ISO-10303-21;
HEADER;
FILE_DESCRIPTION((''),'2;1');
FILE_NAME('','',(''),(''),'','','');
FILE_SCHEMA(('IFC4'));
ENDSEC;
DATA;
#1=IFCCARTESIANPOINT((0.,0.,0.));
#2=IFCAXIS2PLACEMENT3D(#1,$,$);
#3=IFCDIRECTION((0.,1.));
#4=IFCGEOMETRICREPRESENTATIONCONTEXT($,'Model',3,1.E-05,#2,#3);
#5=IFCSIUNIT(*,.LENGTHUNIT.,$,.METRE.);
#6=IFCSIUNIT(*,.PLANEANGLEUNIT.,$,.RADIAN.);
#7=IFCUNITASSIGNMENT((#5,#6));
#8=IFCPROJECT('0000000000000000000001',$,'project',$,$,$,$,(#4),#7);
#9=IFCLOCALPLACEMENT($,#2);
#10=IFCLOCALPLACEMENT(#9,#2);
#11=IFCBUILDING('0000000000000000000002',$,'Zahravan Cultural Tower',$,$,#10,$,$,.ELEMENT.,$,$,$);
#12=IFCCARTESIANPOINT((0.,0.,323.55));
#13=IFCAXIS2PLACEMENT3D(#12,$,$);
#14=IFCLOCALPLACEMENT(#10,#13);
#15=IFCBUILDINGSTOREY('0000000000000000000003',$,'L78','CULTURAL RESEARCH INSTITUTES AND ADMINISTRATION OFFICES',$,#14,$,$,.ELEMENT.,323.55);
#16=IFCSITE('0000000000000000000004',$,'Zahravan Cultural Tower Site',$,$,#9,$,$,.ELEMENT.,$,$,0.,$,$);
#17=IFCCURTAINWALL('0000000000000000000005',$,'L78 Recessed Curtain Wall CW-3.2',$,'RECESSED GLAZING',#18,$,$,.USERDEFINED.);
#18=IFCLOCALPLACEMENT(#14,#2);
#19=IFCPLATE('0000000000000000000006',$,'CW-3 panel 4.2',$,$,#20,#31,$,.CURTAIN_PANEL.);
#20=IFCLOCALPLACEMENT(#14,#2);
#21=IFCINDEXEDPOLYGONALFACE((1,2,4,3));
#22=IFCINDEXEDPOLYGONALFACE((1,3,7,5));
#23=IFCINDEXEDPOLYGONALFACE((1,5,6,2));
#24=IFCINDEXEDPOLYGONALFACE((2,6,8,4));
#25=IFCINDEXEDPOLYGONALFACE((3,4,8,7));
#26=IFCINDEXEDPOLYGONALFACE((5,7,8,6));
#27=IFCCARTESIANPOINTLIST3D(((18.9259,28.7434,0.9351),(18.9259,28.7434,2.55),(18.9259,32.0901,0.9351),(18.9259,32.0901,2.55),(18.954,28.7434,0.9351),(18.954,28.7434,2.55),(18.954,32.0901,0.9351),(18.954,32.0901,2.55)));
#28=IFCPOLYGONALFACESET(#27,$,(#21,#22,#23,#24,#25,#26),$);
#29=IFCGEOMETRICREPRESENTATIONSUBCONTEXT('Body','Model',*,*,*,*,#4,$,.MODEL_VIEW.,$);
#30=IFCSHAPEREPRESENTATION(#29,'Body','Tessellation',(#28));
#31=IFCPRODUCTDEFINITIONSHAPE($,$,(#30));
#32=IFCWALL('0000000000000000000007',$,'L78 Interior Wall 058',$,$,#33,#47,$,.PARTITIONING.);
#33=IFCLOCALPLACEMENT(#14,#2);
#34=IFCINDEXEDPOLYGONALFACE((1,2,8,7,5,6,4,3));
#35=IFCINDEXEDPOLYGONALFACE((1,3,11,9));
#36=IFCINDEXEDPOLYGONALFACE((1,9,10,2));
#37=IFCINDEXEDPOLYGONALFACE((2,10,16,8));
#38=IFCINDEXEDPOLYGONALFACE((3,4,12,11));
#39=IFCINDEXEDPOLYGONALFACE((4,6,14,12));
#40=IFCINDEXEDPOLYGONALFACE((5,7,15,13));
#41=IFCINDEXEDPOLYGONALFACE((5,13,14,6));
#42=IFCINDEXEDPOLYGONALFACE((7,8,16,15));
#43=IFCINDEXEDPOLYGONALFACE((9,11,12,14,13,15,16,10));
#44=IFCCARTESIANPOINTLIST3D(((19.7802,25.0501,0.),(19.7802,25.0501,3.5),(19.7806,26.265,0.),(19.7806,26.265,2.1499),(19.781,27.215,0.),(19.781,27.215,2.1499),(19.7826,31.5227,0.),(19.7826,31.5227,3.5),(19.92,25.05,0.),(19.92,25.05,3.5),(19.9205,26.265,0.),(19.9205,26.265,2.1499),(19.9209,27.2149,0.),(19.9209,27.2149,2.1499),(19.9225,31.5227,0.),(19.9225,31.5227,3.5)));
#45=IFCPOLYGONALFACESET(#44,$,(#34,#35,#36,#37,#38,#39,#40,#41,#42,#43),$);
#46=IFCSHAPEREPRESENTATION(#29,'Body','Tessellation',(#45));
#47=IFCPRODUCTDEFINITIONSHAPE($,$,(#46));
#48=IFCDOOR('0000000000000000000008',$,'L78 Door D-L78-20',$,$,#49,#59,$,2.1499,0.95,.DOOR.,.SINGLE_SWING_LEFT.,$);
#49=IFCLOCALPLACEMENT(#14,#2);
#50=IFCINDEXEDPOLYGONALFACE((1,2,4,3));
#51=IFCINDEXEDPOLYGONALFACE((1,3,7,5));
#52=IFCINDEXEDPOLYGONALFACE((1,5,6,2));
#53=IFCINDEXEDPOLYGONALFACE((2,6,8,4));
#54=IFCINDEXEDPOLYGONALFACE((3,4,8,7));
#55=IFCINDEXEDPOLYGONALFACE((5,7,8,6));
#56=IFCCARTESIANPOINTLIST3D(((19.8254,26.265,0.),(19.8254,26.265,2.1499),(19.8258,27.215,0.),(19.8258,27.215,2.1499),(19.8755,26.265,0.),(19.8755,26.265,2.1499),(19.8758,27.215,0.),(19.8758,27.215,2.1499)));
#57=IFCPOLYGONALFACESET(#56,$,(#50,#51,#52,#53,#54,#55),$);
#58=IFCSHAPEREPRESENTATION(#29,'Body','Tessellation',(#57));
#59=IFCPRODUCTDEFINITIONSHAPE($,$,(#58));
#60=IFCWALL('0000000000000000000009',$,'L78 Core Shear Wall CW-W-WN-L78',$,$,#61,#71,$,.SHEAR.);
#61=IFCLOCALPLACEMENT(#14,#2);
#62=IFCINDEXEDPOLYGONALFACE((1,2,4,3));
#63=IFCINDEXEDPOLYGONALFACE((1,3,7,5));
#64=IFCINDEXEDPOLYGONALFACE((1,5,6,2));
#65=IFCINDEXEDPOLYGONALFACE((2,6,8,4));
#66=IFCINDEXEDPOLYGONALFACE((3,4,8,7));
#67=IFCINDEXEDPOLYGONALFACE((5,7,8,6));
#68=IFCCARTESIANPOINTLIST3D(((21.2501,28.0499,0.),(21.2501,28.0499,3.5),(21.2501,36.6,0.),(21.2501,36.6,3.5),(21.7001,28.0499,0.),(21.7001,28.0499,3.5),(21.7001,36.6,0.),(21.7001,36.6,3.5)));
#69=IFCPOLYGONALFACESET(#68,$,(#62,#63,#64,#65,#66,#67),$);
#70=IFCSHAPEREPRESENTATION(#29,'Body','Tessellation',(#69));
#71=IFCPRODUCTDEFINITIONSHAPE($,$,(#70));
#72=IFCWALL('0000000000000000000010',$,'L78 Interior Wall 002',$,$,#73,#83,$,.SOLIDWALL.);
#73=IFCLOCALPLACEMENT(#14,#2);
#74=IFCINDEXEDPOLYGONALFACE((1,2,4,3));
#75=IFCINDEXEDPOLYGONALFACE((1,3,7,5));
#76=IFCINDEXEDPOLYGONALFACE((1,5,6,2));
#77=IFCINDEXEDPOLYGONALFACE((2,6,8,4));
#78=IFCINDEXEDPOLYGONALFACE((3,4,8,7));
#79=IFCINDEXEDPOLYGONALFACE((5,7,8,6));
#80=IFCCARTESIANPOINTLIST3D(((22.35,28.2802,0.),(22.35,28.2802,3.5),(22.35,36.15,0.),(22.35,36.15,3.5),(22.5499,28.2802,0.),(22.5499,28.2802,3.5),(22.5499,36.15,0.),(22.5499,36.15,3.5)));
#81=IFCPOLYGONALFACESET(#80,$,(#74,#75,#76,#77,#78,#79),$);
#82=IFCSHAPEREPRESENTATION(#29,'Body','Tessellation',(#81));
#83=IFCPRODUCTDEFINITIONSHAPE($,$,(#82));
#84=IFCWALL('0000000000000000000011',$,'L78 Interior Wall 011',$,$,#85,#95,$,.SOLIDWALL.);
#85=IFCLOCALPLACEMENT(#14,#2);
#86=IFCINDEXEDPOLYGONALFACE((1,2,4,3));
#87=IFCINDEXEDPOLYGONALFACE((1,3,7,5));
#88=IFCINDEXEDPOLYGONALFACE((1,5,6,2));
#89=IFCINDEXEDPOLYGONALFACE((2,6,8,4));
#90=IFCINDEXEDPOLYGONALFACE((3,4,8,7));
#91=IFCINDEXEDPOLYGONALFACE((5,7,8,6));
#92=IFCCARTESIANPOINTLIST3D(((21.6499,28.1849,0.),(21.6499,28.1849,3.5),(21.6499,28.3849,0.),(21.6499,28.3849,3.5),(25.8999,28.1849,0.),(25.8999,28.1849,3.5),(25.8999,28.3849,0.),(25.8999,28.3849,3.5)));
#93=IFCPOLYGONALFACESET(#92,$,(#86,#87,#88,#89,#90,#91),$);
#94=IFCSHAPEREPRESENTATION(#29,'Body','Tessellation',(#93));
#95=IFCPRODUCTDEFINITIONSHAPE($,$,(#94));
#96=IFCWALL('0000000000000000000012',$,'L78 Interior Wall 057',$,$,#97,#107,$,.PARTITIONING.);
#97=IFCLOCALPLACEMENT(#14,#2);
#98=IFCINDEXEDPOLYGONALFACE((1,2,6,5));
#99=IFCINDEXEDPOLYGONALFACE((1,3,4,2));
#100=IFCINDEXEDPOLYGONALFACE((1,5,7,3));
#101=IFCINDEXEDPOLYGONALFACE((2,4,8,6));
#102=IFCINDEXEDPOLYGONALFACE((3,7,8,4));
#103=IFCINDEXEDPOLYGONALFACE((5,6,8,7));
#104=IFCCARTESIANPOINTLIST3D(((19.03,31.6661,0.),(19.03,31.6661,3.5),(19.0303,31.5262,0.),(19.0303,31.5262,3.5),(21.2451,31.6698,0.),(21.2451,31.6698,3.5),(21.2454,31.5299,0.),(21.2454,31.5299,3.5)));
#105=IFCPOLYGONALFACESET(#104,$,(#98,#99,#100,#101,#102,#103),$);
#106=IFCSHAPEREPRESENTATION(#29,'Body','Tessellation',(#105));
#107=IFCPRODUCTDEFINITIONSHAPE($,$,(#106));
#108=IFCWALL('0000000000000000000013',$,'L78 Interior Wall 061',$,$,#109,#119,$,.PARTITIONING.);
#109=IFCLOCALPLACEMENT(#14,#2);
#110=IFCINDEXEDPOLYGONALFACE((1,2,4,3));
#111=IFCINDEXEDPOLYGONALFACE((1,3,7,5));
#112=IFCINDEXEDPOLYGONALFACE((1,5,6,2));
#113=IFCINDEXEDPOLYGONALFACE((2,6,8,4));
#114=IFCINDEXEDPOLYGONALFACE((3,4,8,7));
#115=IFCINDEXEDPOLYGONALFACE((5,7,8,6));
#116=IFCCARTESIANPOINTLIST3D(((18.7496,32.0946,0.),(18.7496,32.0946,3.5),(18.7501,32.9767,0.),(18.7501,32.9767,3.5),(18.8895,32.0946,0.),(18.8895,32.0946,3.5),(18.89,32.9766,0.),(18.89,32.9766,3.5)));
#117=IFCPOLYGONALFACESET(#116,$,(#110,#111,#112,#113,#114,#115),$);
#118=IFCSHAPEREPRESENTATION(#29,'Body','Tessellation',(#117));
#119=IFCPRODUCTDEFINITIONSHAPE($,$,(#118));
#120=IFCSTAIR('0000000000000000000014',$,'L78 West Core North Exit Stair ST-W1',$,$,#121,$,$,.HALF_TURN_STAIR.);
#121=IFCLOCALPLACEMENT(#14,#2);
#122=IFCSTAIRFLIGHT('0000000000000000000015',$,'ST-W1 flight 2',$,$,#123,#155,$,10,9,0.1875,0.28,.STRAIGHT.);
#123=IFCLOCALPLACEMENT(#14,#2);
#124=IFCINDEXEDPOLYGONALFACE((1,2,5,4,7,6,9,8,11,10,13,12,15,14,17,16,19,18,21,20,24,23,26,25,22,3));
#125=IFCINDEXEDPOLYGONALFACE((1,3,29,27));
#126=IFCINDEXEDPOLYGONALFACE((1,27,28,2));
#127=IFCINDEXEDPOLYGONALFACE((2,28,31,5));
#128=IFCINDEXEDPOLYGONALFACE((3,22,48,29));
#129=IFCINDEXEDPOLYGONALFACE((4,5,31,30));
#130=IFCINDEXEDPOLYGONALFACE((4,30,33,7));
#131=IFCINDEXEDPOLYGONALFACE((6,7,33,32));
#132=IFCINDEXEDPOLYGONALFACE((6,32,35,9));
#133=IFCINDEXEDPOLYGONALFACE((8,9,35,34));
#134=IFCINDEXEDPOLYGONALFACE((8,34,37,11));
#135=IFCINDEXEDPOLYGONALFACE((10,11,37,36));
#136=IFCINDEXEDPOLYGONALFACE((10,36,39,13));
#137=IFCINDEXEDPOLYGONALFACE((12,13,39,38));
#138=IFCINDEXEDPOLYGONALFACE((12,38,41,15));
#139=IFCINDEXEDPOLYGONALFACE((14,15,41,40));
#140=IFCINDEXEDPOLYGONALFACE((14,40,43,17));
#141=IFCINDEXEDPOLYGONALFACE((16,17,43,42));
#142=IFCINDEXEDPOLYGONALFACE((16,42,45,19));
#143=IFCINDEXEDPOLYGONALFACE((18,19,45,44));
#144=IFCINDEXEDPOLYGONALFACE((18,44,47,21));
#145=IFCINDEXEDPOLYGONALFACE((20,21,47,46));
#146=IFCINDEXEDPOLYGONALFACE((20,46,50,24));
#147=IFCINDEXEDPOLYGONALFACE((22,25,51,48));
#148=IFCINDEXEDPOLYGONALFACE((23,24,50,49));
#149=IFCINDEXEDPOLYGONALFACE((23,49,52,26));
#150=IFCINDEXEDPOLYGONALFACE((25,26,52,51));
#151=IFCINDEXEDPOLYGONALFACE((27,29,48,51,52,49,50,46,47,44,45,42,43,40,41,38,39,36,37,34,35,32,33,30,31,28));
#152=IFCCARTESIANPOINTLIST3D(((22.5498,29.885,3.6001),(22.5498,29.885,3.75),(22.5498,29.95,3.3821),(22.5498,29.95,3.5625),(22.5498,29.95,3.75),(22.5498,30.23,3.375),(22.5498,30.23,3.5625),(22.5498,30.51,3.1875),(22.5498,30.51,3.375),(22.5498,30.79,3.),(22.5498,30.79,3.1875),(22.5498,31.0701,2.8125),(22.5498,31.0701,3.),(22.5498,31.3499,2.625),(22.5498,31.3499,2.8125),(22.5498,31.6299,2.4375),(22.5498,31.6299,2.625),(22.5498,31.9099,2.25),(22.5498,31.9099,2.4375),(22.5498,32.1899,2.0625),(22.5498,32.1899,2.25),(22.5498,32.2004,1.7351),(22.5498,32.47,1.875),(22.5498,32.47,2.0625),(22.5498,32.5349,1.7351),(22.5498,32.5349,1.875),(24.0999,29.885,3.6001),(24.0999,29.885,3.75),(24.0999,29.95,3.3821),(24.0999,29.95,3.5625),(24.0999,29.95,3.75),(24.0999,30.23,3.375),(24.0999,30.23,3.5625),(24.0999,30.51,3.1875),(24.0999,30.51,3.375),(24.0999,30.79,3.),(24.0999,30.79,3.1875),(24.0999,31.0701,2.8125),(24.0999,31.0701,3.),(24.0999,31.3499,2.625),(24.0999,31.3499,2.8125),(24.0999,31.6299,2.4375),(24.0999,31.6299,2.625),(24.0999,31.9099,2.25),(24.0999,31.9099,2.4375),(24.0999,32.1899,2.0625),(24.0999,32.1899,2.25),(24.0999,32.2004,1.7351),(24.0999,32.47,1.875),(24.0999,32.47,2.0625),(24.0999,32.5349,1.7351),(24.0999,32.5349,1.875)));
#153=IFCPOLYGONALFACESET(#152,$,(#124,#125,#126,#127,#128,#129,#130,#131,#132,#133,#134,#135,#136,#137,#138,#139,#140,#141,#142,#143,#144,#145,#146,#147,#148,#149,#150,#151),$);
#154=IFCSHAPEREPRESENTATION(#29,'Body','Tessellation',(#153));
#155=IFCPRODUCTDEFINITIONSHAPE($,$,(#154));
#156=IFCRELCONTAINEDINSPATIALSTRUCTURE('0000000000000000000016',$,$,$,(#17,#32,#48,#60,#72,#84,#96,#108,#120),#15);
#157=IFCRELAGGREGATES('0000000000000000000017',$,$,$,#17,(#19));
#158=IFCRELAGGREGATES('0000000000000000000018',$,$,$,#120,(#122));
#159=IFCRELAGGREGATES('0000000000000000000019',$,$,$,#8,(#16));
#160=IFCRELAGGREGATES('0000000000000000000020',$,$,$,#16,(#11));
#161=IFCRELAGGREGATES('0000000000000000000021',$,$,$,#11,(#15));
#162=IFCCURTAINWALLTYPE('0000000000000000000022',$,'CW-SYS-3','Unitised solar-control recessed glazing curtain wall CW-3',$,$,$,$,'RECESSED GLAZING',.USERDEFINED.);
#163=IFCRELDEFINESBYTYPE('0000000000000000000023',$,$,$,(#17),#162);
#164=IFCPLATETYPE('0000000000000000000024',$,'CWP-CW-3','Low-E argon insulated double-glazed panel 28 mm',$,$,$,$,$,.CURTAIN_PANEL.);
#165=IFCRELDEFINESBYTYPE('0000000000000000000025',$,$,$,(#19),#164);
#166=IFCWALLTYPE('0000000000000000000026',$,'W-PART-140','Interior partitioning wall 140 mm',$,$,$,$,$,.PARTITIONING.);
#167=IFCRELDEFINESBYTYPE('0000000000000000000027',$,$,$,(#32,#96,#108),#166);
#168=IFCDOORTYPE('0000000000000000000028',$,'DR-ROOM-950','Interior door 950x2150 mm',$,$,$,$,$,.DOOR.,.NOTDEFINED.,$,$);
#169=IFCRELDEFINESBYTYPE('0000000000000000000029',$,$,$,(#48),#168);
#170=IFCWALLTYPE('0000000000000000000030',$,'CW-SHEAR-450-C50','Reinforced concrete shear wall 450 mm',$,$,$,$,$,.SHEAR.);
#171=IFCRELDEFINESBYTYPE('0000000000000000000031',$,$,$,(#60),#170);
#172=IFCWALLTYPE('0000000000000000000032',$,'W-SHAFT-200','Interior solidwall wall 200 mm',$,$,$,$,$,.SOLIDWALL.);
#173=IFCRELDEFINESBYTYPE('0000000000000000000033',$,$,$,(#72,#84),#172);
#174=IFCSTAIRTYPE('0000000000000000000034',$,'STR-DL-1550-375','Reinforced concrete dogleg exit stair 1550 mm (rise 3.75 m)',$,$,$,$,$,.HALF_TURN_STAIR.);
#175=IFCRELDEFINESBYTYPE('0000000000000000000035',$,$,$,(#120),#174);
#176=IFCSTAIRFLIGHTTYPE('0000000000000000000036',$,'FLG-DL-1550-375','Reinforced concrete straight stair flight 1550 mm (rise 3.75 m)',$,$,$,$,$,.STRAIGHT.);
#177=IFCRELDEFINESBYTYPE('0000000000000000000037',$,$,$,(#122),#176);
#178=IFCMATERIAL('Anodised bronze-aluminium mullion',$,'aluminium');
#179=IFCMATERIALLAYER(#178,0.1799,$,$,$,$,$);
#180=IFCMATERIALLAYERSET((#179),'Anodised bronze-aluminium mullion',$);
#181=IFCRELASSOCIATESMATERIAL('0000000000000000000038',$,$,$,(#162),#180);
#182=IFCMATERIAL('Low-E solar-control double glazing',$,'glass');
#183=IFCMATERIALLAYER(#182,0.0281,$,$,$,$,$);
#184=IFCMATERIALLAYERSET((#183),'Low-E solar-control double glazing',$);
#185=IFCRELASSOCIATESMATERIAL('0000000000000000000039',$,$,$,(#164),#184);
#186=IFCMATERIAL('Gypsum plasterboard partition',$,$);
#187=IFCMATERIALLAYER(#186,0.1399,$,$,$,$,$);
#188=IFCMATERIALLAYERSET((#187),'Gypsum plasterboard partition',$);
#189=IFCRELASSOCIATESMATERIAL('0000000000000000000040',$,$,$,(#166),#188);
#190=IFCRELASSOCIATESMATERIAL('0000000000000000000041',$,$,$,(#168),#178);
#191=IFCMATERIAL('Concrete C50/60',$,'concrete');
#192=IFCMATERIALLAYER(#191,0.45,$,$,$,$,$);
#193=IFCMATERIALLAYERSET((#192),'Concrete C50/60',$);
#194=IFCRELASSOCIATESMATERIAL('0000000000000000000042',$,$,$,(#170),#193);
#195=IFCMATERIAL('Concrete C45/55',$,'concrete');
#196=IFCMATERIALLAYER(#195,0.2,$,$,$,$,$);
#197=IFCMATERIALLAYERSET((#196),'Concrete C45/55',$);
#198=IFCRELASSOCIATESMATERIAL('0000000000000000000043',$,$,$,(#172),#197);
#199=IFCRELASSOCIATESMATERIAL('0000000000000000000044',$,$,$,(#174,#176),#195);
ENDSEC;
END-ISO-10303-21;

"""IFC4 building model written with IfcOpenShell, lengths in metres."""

from ifc_helpers import new_model, si_unit, direction, frame, frame_2d, origin, origin_2d, place, context, subcontext, project, spatial, polyline, rectangle, outline, extrude, source, transform, mapped, material, layer, layer_set, type_object, element, fill, aggregate, save


model = new_model("IFC4")

# Units and contexts
model_context = context("Model", 3, precision=1e-05, world=origin(), true_north=direction((0.0, 1.0)))
body_context = subcontext(model_context, "Body", "Model", "MODEL_VIEW")
ifc_project = project(units=[si_unit("LENGTHUNIT", "METRE"), si_unit("PLANEANGLEUNIT", "RADIAN")], contexts=[model_context])

# Site, building, storey
site_placement = place(None, origin())
site = spatial("IfcSite", under=ifc_project, at=site_placement, Name="Zahravan Cultural Tower Site", CompositionType="ELEMENT", RefElevation=0.0)
building_placement = place(site_placement, origin())
building = spatial("IfcBuilding", under=site, at=building_placement, Name="Zahravan Cultural Tower", CompositionType="ELEMENT")
storey_placement = place(building_placement, frame((0.0, 0.0, 323.55)))
storey = spatial("IfcBuildingStorey", under=building, at=storey_placement, Name="L78", Description="CULTURAL RESEARCH INSTITUTES AND ADMINISTRATION OFFICES", CompositionType="ELEMENT", Elevation=323.55)

# Curtain wall, plate
ifc_material_1 = material(Name="Anodised bronze-aluminium mullion", Category="aluminium")
ifc_layer_1 = layer(ifc_material_1, 0.1799)
ifc_layer_set_1 = layer_set([ifc_layer_1], Name="Anodised bronze-aluminium mullion")
curtain_wall_type = type_object("IfcCurtainWallType", Name="CW-SYS-3", Description="Unitised solar-control recessed glazing curtain wall CW-3", ElementType="RECESSED GLAZING", PredefinedType="USERDEFINED", material=ifc_layer_set_1)
curtain_wall_placement = place(storey_placement, origin())
curtain_wall = element("IfcCurtainWall", 1, at=curtain_wall_placement, inside=storey, type_object=curtain_wall_type, Name="L78 Recessed Curtain Wall CW-3.2", ObjectType="RECESSED GLAZING", PredefinedType="USERDEFINED")
ifc_material_2 = material(Name="Low-E solar-control double glazing", Category="glass")
ifc_layer_2 = layer(ifc_material_2, 0.0281)
ifc_layer_set_2 = layer_set([ifc_layer_2], Name="Low-E solar-control double glazing")
plate_type = type_object("IfcPlateType", Name="CWP-CW-3", Description="Low-E argon insulated double-glazed panel 28 mm", PredefinedType="CURTAIN_PANEL", material=ifc_layer_set_2)
shared_shape_1 = source(origin(), body_context, "Body", "SweptSolid", [
    extrude(rectangle(XDim=3.3467, YDim=0.0281, at=origin_2d()), origin(), (0.0, 0.0, 1.0), 1.615),
])
plate_1_placement = place(storey_placement, frame((18.9399, 30.4167, 0.9351), z_axis=(0.0, 0.0, 1.0), x_axis=(0.0, 1.0, 0.0)))
plate_1 = element("IfcPlate", 2, at=plate_1_placement, type_object=plate_type, Name="CW-3 panel 4.2", PredefinedType="CURTAIN_PANEL", context=body_context, shape_type="MappedRepresentation", body=[
    mapped(shared_shape_1, transform((0.0, 0.0, 0.0), x_axis=(1.0, 0.0, 0.0), y_axis=(0.0, 1.0, 0.0), z_axis=(0.0, 0.0, 1.0), scale=1.0)),
])
aggregate(curtain_wall, [plate_1])

# Wall, opening, door
ifc_material_3 = material(Name="Gypsum plasterboard partition")
ifc_layer_3 = layer(ifc_material_3, 0.1399)
ifc_layer_set_3 = layer_set([ifc_layer_3], Name="Gypsum plasterboard partition")
wall_type_1 = type_object("IfcWallType", Name="W-PART-140", Description="Interior partitioning wall 140 mm", PredefinedType="PARTITIONING", material=ifc_layer_set_3)
wall_1_placement = place(storey_placement, frame((19.8525, 31.5227, 0.0), z_axis=(0.0, 0.0, 1.0), x_axis=(-0.000377, -1.0, 0.0)))
wall_1 = element("IfcWall", 3, at=wall_1_placement, inside=storey, type_object=wall_type_1, Name="L78 Interior Wall 058", PredefinedType="PARTITIONING", context=body_context, shape_type="SweptSolid", body=[
    extrude(rectangle(XDim=6.4727, YDim=0.1399, at=frame_2d((3.2363, 0.0))), origin(), (0.0, 0.0, 1.0), 3.5),
])
opening_placement = place(wall_1_placement, frame((4.3076, 0.0, 0.0)))
opening = element("IfcOpeningElement", 4, at=opening_placement, cuts=wall_1, PredefinedType="OPENING", context=body_context, shape_type="SweptSolid", body=[
    extrude(rectangle(XDim=0.95, YDim=2.1499, at=frame_2d((0.4751, 1.075))), frame((0.0, 0.0798, 0.0), z_axis=(0.0, -1.0, 0.0), x_axis=(1.0, 0.0, 0.0)), (0.0, 0.0, 1.0), 0.1599),
])
door_type = type_object("IfcDoorType", Name="DR-ROOM-950", Description="Interior door 950x2150 mm", OperationType="NOTDEFINED", PredefinedType="DOOR", material=ifc_material_1)
shared_shape_2 = source(origin(), body_context, "Body", "SweptSolid", [
    extrude(rectangle(XDim=0.95, YDim=2.1499, at=frame_2d((0.4751, 1.075))), frame((0.0, 0.0249, 0.0), z_axis=(0.0, -1.0, 0.0), x_axis=(1.0, 0.0, 0.0)), (0.0, 0.0, 1.0), 0.05),
])
door_placement = place(opening_placement, origin())
door = element("IfcDoor", 5, at=door_placement, inside=storey, type_object=door_type, Name="L78 Door D-L78-20", OperationType="SINGLE_SWING_LEFT", OverallHeight=2.1499, OverallWidth=0.95, PredefinedType="DOOR", context=body_context, shape_type="MappedRepresentation", body=[
    mapped(shared_shape_2, transform((0.0, 0.0, 0.0), x_axis=(1.0, 0.0, 0.0), y_axis=(0.0, 1.0, 0.0), z_axis=(0.0, 0.0, 1.0), scale=1.0)),
])
fill(opening, door)

# Walls
ifc_material_4 = material(Name="Concrete C50/60", Category="concrete")
ifc_layer_4 = layer(ifc_material_4, 0.45)
ifc_layer_set_4 = layer_set([ifc_layer_4], Name="Concrete C50/60")
wall_type_2 = type_object("IfcWallType", Name="CW-SHEAR-450-C50", Description="Reinforced concrete shear wall 450 mm", PredefinedType="SHEAR", material=ifc_layer_set_4)
shared_shape_3 = source(origin(), body_context, "Body", "SweptSolid", [
    extrude(rectangle(XDim=8.55, YDim=0.45, at=frame_2d((4.2749, 0.0))), origin(), (0.0, 0.0, 1.0), 3.5),
])
wall_2_placement = place(storey_placement, frame((21.4751, 28.05, 0.0), z_axis=(0.0, 0.0, 1.0), x_axis=(0.0, 1.0, 0.0)))
element("IfcWall", 6, at=wall_2_placement, inside=storey, type_object=wall_type_2, Name="L78 Core Shear Wall CW-W-WN-L78", PredefinedType="SHEAR", context=body_context, shape_type="MappedRepresentation", body=[
    mapped(shared_shape_3, transform((0.0, 0.0, 0.0), x_axis=(1.0, 0.0, 0.0), y_axis=(0.0, 1.0, 0.0), z_axis=(0.0, 0.0, 1.0), scale=1.0)),
])
ifc_material_5 = material(Name="Concrete C45/55", Category="concrete")
ifc_layer_5 = layer(ifc_material_5, 0.2)
ifc_layer_set_5 = layer_set([ifc_layer_5], Name="Concrete C45/55")
wall_type_3 = type_object("IfcWallType", Name="W-SHAFT-200", Description="Interior solidwall wall 200 mm", PredefinedType="SOLIDWALL", material=ifc_layer_set_5)
shared_shape_4 = source(origin(), body_context, "Body", "SweptSolid", [
    extrude(rectangle(XDim=7.8699, YDim=0.2, at=frame_2d((3.9351, 0.0))), origin(), (0.0, 0.0, 1.0), 3.5),
])
wall_3_placement = place(storey_placement, frame((22.45, 28.28, 0.0), z_axis=(0.0, 0.0, 1.0), x_axis=(0.0, 1.0, 0.0)))
element("IfcWall", 7, at=wall_3_placement, inside=storey, type_object=wall_type_3, Name="L78 Interior Wall 002", PredefinedType="SOLIDWALL", context=body_context, shape_type="MappedRepresentation", body=[
    mapped(shared_shape_4, transform((0.0, 0.0, 0.0), x_axis=(1.0, 0.0, 0.0), y_axis=(0.0, 1.0, 0.0), z_axis=(0.0, 0.0, 1.0), scale=1.0)),
])
shared_shape_5 = source(origin(), body_context, "Body", "SweptSolid", [
    extrude(rectangle(XDim=4.25, YDim=0.2, at=frame_2d((2.125, 0.0))), origin(), (0.0, 0.0, 1.0), 3.5),
])
wall_4_placement = place(storey_placement, frame((21.6499, 28.2849, 0.0), z_axis=(0.0, 0.0, 1.0), x_axis=(1.0, 0.0, 0.0)))
element("IfcWall", 8, at=wall_4_placement, inside=storey, type_object=wall_type_3, Name="L78 Interior Wall 011", PredefinedType="SOLIDWALL", context=body_context, shape_type="MappedRepresentation", body=[
    mapped(shared_shape_5, transform((0.0, 0.0, 0.0), x_axis=(1.0, 0.0, 0.0), y_axis=(0.0, 1.0, 0.0), z_axis=(0.0, 0.0, 1.0), scale=1.0)),
])
shared_shape_6 = source(origin(), body_context, "Body", "SweptSolid", [
    extrude(rectangle(XDim=2.2151, YDim=0.1399, at=frame_2d((1.1074, 0.0))), origin(), (0.0, 0.0, 1.0), 3.5),
])
wall_5_placement = place(storey_placement, frame((21.2451, 31.5999, 0.0), z_axis=(0.0, 0.0, 1.0), x_axis=(-0.999999, -0.001653, 0.0)))
element("IfcWall", 9, at=wall_5_placement, inside=storey, type_object=wall_type_1, Name="L78 Interior Wall 057", PredefinedType="PARTITIONING", context=body_context, shape_type="MappedRepresentation", body=[
    mapped(shared_shape_6, transform((0.0, 0.0, 0.0), x_axis=(1.0, 0.0, 0.0), y_axis=(0.0, 1.0, 0.0), z_axis=(0.0, 0.0, 1.0), scale=1.0)),
])
shared_shape_7 = source(origin(), body_context, "Body", "SweptSolid", [
    extrude(rectangle(XDim=0.8821, YDim=0.1399, at=frame_2d((0.4409, 0.0))), origin(), (0.0, 0.0, 1.0), 3.5),
])
wall_6_placement = place(storey_placement, frame((18.8196, 32.0947, 0.0), z_axis=(0.0, 0.0, 1.0), x_axis=(0.000554, 1.0, 0.0)))
element("IfcWall", 10, at=wall_6_placement, inside=storey, type_object=wall_type_1, Name="L78 Interior Wall 061", PredefinedType="PARTITIONING", context=body_context, shape_type="MappedRepresentation", body=[
    mapped(shared_shape_7, transform((0.0, 0.0, 0.0), x_axis=(1.0, 0.0, 0.0), y_axis=(0.0, 1.0, 0.0), z_axis=(0.0, 0.0, 1.0), scale=1.0)),
])

# Stair, stair flight
stair_type = type_object("IfcStairType", Name="STR-DL-1550-375", Description="Reinforced concrete dogleg exit stair 1550 mm (rise 3.75 m)", PredefinedType="HALF_TURN_STAIR", material=ifc_material_5)
stair_placement = place(storey_placement, origin())
stair = element("IfcStair", 11, at=stair_placement, inside=storey, type_object=stair_type, Name="L78 West Core North Exit Stair ST-W1", PredefinedType="HALF_TURN_STAIR")
stair_flight_type = type_object("IfcStairFlightType", Name="FLG-DL-1550-375", Description="Reinforced concrete straight stair flight 1550 mm (rise 3.75 m)", PredefinedType="STRAIGHT", material=ifc_material_5)
stair_flight_placement = place(storey_placement, frame((23.325, 32.47, 1.875), z_axis=(0.0, 0.0, 1.0), x_axis=(0.0, -1.0, 0.0)))
stair_flight = element("IfcStairFlight", 12, at=stair_flight_placement, type_object=stair_flight_type, Name="ST-W1 flight 2", NumberOfRisers=10, NumberOfTreads=9, PredefinedType="STRAIGHT", RiserHeight=0.1875, TreadLength=0.28, context=body_context, shape_type="SweptSolid", body=[
    extrude(outline(polyline([(-0.0649, -0.1399), (-0.0649, 0.0), (0.0, 0.0), (0.0, 0.1875), (0.28, 0.1875), (0.28, 0.375), (0.5601, 0.375), (0.5601, 0.5625), (0.8401, 0.5625), (0.8401, 0.75), (1.1201, 0.75), (1.1201, 0.9375), (1.3999, 0.9375), (1.3999, 1.125), (1.6799, 1.125), (1.6799, 1.3125), (1.96, 1.3125), (1.96, 1.5), (2.24, 1.5), (2.24, 1.6875), (2.52, 1.6875), (2.52, 1.875), (2.585, 1.875), (2.585, 1.7251), (2.52, 1.5071), (0.2695, -0.1399), (-0.0649, -0.1399)])), frame((0.0, 0.7749, 0.0), z_axis=(0.0, -1.0, 0.0), x_axis=(1.0, 0.0, 0.0)), (0.0, 0.0, 1.0), 1.55),
])
aggregate(stair, [stair_flight])

save(model, "model.ifc")
